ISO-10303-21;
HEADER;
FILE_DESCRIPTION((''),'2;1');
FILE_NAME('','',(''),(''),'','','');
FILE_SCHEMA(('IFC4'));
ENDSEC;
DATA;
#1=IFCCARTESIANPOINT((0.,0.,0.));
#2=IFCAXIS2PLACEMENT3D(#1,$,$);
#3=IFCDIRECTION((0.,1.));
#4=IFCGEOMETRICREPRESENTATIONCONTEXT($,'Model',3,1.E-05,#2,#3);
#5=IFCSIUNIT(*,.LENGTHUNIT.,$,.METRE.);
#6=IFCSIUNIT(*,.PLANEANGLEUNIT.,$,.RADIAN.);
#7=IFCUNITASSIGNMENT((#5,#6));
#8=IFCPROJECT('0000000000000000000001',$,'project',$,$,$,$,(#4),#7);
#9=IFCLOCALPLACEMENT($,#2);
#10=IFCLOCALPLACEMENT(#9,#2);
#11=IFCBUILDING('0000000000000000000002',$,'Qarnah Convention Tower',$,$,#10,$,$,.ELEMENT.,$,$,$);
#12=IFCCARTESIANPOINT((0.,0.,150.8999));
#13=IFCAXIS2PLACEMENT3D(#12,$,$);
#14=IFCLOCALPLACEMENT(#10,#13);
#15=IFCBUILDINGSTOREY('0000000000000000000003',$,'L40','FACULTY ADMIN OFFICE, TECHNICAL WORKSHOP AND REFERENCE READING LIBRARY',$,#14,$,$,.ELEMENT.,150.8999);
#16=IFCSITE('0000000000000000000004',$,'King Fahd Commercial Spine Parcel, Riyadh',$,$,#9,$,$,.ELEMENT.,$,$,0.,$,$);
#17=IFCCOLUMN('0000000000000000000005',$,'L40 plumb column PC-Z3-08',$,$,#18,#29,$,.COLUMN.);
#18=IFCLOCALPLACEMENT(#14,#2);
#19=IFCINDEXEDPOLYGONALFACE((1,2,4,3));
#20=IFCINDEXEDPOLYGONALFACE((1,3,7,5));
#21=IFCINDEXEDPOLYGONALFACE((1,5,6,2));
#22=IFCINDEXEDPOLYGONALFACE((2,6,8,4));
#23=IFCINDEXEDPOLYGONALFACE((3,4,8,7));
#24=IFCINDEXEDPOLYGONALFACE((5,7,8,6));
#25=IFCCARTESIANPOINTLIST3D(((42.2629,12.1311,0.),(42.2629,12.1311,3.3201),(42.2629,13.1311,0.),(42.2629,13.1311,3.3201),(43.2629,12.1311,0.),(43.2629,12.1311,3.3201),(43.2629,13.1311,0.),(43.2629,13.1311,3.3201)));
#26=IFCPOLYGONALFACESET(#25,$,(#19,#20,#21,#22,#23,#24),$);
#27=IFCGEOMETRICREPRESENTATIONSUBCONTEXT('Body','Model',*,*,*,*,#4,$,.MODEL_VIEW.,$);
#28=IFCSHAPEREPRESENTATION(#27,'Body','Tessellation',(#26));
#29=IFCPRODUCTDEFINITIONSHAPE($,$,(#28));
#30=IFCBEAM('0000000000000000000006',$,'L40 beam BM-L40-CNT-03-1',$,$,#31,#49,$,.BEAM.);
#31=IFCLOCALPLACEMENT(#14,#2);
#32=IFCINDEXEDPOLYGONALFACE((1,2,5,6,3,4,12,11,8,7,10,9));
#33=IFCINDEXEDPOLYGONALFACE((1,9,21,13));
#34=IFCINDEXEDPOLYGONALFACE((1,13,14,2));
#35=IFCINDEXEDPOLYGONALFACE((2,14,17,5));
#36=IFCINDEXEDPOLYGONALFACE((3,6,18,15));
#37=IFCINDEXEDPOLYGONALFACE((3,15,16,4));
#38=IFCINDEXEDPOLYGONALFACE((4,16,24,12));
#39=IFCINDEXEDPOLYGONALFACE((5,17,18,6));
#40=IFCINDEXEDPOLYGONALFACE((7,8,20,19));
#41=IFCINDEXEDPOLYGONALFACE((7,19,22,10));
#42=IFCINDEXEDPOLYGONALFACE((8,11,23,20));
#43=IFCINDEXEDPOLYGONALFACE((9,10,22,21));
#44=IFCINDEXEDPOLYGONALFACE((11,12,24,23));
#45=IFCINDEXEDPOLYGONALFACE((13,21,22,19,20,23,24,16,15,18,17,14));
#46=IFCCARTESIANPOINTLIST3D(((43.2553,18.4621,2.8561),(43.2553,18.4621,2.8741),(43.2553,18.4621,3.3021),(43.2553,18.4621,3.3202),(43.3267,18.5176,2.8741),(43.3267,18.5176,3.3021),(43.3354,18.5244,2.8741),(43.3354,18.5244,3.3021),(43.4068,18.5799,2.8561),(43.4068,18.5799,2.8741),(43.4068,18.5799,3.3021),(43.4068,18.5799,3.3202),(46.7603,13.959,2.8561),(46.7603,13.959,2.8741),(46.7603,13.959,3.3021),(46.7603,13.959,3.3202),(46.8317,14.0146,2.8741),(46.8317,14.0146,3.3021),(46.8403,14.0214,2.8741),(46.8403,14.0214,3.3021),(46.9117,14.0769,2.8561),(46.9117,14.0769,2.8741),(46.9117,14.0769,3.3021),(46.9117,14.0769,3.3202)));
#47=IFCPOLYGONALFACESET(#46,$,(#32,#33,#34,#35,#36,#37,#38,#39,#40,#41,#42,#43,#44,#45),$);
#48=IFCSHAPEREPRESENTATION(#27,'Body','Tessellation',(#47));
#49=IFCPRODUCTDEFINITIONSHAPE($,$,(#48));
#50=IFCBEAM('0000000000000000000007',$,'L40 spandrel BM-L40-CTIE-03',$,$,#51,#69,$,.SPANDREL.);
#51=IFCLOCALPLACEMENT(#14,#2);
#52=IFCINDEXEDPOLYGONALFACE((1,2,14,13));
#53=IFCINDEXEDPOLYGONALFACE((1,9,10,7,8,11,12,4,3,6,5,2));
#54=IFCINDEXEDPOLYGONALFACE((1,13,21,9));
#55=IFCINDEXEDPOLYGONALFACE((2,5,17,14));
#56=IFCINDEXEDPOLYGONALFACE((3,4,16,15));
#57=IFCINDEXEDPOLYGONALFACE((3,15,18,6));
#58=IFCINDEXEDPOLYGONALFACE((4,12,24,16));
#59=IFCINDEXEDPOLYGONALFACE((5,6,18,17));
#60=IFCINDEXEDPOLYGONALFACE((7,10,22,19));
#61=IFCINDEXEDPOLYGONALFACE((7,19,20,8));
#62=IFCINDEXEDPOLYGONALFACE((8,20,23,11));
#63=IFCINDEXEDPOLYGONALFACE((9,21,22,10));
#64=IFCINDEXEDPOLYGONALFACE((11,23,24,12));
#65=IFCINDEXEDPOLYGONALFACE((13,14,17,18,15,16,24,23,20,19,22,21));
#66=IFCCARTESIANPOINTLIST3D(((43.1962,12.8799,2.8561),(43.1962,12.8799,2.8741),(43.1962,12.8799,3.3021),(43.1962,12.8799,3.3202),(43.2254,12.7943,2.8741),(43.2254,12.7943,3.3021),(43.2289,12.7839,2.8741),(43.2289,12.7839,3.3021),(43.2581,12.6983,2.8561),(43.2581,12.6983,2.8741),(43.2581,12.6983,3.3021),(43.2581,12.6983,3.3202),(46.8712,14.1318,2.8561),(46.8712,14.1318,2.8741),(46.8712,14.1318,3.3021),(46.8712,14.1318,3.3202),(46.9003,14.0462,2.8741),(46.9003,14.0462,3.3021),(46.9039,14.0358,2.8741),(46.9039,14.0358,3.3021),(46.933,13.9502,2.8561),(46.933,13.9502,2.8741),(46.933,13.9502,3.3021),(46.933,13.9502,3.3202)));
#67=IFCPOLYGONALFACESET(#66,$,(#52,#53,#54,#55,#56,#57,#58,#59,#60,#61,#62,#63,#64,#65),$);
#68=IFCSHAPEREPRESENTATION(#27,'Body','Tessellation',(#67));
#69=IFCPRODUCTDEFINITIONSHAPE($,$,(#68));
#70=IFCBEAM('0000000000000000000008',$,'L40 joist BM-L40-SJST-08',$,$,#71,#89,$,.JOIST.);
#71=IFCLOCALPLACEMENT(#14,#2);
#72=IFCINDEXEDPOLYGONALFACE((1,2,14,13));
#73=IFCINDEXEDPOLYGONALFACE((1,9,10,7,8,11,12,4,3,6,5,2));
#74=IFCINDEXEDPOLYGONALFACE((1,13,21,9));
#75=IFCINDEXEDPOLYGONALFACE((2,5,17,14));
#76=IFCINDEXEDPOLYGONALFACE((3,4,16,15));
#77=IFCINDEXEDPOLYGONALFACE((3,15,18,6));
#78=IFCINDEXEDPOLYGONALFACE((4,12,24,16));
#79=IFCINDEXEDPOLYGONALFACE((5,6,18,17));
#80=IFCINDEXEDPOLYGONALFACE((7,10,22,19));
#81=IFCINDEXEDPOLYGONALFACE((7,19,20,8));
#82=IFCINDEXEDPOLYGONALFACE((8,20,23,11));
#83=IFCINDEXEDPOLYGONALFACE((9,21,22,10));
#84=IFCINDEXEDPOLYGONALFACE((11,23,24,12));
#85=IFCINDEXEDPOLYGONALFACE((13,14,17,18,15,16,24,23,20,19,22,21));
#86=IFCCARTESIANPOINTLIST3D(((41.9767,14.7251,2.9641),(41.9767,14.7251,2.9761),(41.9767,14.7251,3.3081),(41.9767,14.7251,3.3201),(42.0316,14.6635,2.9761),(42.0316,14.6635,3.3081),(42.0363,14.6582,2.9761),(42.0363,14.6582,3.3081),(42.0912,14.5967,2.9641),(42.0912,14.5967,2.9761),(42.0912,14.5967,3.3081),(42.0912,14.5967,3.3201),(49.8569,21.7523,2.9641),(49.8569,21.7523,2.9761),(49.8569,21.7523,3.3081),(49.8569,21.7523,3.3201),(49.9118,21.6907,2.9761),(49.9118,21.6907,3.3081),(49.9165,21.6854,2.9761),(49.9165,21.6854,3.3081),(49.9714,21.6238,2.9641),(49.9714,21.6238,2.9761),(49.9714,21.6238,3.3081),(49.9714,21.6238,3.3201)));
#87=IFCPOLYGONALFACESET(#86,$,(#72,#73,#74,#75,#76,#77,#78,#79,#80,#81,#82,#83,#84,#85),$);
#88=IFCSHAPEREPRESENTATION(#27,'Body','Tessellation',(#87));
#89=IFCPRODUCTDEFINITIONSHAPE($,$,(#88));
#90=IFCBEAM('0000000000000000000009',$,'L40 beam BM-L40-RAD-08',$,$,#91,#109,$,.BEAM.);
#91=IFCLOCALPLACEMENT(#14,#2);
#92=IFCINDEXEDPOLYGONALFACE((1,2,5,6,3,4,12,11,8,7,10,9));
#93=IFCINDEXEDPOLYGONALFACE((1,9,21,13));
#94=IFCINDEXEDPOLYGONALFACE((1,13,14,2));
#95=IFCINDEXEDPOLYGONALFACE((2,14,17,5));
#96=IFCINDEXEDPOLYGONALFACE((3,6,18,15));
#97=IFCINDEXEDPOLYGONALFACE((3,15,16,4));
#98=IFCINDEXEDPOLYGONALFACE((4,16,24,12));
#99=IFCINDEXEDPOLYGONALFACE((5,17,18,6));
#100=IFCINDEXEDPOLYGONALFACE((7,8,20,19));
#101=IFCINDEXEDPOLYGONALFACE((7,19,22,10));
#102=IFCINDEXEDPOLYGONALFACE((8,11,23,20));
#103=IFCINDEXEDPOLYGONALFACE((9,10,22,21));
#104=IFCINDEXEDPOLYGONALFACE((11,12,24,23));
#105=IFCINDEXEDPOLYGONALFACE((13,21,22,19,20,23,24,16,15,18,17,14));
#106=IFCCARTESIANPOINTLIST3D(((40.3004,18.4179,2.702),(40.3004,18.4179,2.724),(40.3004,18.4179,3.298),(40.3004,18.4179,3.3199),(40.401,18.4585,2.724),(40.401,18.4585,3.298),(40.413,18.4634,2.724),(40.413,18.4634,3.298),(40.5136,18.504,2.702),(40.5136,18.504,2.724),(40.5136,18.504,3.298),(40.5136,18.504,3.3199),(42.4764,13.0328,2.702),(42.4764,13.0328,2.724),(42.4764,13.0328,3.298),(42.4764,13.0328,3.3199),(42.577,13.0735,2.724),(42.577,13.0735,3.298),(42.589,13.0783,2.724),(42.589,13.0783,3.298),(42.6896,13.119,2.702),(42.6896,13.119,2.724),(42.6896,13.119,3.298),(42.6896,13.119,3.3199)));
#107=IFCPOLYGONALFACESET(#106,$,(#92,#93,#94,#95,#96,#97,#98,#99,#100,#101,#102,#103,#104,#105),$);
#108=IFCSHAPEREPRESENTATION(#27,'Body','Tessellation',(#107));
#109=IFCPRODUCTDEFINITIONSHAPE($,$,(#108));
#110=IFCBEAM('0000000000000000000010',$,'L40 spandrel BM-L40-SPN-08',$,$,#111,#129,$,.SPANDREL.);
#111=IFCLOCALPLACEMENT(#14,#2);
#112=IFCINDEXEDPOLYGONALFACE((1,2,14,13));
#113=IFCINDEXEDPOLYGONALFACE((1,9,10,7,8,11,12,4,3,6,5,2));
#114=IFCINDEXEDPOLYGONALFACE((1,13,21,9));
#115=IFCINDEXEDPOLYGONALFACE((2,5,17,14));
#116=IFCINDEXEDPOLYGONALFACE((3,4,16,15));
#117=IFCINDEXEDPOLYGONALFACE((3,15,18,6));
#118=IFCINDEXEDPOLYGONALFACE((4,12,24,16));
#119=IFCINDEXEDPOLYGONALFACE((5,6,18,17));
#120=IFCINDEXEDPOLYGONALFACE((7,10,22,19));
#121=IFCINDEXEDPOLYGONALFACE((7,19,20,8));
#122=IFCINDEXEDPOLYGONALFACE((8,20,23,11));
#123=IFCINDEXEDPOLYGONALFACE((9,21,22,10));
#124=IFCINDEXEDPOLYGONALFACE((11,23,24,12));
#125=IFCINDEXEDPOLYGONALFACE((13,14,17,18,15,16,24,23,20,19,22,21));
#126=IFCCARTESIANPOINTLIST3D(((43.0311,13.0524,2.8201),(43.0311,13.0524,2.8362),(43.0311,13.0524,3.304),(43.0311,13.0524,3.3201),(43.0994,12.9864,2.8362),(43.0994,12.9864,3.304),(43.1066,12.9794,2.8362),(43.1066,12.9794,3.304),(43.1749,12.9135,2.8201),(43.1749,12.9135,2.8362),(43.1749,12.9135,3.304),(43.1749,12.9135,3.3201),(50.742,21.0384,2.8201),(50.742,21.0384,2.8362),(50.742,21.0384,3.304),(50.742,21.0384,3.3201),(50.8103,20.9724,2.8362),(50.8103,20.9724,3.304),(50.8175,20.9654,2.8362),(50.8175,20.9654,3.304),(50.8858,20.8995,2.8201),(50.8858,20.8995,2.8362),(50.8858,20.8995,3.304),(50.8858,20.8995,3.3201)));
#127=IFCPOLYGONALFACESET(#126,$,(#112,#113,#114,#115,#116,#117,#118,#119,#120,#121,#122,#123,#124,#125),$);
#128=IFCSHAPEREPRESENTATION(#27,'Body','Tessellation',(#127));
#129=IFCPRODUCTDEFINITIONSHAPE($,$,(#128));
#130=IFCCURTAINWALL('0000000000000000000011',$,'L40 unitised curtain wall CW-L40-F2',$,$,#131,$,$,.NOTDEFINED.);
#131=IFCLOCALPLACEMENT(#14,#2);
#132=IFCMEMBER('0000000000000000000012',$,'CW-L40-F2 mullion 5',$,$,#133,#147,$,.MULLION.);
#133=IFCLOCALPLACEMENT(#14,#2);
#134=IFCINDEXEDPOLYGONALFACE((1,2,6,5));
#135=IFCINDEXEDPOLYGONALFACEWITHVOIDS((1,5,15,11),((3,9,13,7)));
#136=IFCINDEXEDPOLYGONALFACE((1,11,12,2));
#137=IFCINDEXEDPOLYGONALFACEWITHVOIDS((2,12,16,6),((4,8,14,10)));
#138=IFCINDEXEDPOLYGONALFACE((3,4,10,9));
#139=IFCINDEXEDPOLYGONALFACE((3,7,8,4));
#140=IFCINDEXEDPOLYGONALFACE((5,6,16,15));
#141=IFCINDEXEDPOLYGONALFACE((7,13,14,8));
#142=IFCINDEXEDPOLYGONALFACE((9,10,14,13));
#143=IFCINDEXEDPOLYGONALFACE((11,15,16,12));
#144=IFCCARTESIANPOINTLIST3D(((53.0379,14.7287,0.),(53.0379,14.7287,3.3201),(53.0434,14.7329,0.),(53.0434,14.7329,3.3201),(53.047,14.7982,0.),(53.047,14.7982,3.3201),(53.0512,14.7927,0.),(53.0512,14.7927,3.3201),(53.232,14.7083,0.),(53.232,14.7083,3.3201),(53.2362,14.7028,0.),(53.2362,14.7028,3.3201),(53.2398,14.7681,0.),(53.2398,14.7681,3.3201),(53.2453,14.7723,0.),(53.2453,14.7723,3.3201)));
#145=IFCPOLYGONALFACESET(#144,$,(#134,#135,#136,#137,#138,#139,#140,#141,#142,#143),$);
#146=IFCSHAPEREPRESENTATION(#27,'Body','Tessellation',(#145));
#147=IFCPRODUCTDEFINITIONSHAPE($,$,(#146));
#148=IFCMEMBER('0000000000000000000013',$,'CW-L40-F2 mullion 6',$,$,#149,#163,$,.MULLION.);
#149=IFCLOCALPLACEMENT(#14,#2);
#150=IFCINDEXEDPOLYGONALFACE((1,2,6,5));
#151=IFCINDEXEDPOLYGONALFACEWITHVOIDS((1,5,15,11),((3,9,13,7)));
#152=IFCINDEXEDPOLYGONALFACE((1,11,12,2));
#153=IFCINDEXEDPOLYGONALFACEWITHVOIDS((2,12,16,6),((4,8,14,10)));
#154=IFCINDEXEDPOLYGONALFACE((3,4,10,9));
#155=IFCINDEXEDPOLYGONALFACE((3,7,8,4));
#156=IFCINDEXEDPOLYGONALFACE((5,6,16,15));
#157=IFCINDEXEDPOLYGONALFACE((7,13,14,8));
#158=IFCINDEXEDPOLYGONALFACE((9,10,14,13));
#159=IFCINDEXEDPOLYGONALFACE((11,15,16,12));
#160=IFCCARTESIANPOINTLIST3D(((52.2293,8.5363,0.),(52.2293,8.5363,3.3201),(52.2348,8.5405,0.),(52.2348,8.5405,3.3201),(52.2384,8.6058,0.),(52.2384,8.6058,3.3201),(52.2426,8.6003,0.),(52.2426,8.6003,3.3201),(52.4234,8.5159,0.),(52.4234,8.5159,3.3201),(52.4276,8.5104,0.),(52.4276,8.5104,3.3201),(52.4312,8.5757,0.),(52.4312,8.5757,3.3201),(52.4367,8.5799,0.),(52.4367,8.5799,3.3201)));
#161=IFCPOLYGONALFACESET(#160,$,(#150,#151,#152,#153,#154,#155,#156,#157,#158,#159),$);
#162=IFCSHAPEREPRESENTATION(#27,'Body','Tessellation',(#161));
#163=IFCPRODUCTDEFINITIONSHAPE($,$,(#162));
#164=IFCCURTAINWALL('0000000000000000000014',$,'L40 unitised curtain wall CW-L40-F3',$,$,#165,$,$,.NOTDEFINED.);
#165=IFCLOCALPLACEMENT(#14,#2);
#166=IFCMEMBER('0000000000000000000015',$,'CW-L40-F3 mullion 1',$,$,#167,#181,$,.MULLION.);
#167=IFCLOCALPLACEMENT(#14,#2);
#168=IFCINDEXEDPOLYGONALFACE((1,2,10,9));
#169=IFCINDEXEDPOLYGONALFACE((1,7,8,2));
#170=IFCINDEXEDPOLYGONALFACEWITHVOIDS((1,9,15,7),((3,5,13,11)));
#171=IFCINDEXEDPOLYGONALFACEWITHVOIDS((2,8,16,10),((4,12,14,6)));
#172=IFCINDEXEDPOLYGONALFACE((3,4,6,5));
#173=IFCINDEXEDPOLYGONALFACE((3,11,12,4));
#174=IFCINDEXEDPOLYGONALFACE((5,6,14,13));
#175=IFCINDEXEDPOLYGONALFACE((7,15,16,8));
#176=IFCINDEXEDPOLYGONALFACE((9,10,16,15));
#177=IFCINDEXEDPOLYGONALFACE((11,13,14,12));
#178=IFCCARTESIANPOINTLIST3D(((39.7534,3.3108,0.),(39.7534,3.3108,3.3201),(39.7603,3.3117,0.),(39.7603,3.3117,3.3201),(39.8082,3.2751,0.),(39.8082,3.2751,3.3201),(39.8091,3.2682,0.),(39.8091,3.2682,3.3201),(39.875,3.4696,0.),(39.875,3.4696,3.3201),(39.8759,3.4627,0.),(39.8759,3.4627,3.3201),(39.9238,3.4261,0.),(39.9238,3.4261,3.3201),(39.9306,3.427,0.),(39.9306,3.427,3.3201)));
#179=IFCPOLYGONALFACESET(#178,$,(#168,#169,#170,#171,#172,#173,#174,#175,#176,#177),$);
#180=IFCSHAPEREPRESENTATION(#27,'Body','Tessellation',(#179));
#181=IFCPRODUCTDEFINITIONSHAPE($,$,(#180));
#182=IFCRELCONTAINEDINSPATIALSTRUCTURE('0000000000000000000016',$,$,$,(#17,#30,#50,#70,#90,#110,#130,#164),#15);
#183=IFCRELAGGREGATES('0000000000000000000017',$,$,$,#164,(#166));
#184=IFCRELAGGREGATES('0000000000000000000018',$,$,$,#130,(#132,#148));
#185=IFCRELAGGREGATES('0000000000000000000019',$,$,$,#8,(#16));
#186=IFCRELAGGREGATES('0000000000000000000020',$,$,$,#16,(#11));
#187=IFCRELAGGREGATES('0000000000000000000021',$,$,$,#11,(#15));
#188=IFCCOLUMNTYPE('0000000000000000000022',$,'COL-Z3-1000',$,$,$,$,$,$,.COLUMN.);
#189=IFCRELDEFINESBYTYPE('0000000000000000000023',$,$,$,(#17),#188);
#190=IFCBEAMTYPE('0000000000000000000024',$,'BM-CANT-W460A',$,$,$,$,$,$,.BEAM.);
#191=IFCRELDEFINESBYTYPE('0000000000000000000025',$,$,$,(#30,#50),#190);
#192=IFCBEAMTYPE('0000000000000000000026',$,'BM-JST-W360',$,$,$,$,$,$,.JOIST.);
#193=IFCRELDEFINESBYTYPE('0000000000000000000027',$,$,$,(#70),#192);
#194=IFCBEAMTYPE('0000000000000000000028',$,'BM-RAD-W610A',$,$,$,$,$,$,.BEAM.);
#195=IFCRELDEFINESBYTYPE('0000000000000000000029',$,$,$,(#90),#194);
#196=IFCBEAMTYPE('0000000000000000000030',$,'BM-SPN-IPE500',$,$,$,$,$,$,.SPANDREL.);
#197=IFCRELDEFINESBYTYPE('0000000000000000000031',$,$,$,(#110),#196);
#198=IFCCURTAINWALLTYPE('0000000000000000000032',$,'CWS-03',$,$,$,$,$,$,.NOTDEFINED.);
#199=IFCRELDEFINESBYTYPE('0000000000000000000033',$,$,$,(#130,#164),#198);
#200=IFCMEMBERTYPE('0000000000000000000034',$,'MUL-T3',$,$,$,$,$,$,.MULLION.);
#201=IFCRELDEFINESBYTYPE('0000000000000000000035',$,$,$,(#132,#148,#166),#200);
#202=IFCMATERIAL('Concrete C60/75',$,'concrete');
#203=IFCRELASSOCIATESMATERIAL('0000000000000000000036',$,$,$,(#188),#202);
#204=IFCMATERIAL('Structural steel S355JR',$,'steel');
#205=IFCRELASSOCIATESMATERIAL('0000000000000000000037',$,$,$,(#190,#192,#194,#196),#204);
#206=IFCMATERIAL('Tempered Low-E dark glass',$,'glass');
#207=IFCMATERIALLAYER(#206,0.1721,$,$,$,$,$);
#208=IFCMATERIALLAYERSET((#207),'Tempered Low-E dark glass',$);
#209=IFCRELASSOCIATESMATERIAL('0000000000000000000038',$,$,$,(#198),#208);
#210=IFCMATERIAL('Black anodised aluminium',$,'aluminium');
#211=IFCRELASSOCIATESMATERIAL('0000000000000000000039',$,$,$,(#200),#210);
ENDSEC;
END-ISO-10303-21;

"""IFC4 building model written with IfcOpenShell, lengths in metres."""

from ifc_helpers import new_model, si_unit, direction, frame, origin, origin_2d, place, context, subcontext, project, spatial, rectangle, hollow_rectangle, i_section, extrude, material, layer, layer_set, material_profile, profile_set, type_object, element, aggregate, save


model = new_model("IFC4")

# Units and contexts
model_context = context("Model", 3, precision=1e-05, world=origin(), true_north=direction((0.0, 1.0)))
body_context = subcontext(model_context, "Body", "Model", "MODEL_VIEW")
ifc_project = project(units=[si_unit("LENGTHUNIT", "METRE"), si_unit("PLANEANGLEUNIT", "RADIAN")], contexts=[model_context])

# Site, building, storey
site_placement = place(None, origin())
site = spatial("IfcSite", under=ifc_project, at=site_placement, Name="King Fahd Commercial Spine Parcel, Riyadh", CompositionType="ELEMENT", RefElevation=0.0)
building_placement = place(site_placement, origin())
building = spatial("IfcBuilding", under=site, at=building_placement, Name="Qarnah Convention Tower", CompositionType="ELEMENT")
storey_placement = place(building_placement, frame((0.0, 0.0, 150.8999)))
storey = spatial("IfcBuildingStorey", under=building, at=storey_placement, Name="L40", Description="FACULTY ADMIN OFFICE, TECHNICAL WORKSHOP AND REFERENCE READING LIBRARY", CompositionType="ELEMENT", Elevation=150.8999)

# Column
ifc_material_1 = material(Name="Concrete C60/75", Category="concrete")
ifc_material_profile_1 = material_profile(ifc_material_1, rectangle(XDim=1.0, YDim=1.0, at=origin_2d()), Name="RC-COL-1000X1000")
ifc_profile_set_1 = profile_set([ifc_material_profile_1], Name="Concrete C60/75")
column_type = type_object("IfcColumnType", Name="COL-Z3-1000", PredefinedType="COLUMN", material=ifc_profile_set_1)
column_placement = place(storey_placement, frame((42.7629, 12.6311, 0.0), z_axis=(0.0, 0.0, 1.0), x_axis=(1.0, 0.0, 0.0)))
element("IfcColumn", 1, at=column_placement, inside=storey, type_object=column_type, Name="L40 plumb column PC-Z3-08", PredefinedType="COLUMN", context=body_context, shape_type="SweptSolid", body=[
    extrude(rectangle(XDim=1.0, YDim=1.0, at=origin_2d()), origin(), (0.0, 0.0, 1.0), 3.3201),
])

# Beams
ifc_material_2 = material(Name="Structural steel S355JR", Category="steel")
ifc_material_profile_2 = material_profile(ifc_material_2, i_section(OverallWidth=0.1919, OverallDepth=0.4641, WebThickness=0.011, FlangeThickness=0.0181, at=origin_2d()), Name="W460X89")
ifc_profile_set_2 = profile_set([ifc_material_profile_2], Name="Structural steel S355JR")
beam_type_1 = type_object("IfcBeamType", Name="BM-CANT-W460A", PredefinedType="BEAM", material=ifc_profile_set_2)
beam_1_placement = place(storey_placement, frame((43.3311, 18.521, 3.0881), z_axis=(0.614225, -0.789131, 0.0), x_axis=(0.789131, 0.614225, 0.0)))
element("IfcBeam", 2, at=beam_1_placement, inside=storey, type_object=beam_type_1, Name="L40 beam BM-L40-CNT-03-1", PredefinedType="BEAM", context=body_context, shape_type="SweptSolid", body=[
    extrude(i_section(OverallWidth=0.1919, OverallDepth=0.4641, WebThickness=0.011, FlangeThickness=0.0181, at=origin_2d()), origin(), (0.0, 0.0, 1.0), 5.7063),
])
beam_2_placement = place(storey_placement, frame((46.9021, 14.041, 3.0881), z_axis=(-0.946581, -0.322465, 0.0), x_axis=(0.322465, -0.946581, 0.0)))
element("IfcBeam", 3, at=beam_2_placement, inside=storey, type_object=beam_type_1, Name="L40 spandrel BM-L40-CTIE-03", PredefinedType="SPANDREL", context=body_context, shape_type="SweptSolid", body=[
    extrude(i_section(OverallWidth=0.1919, OverallDepth=0.4641, WebThickness=0.011, FlangeThickness=0.0181, at=origin_2d()), origin(), (0.0, 0.0, 1.0), 3.8823),
])
ifc_material_profile_3 = material_profile(ifc_material_2, i_section(OverallWidth=0.1721, OverallDepth=0.356, WebThickness=0.0071, FlangeThickness=0.012, at=origin_2d()), Name="W360X51")
ifc_profile_set_3 = profile_set([ifc_material_profile_3], Name="Structural steel S355JR")
beam_type_2 = type_object("IfcBeamType", Name="BM-JST-W360", PredefinedType="JOIST", material=ifc_profile_set_3)
beam_3_placement = place(storey_placement, frame((42.0339, 14.6609, 3.1421), z_axis=(0.746348, 0.665556, 0.0), x_axis=(-0.665556, 0.746348, 0.0)))
element("IfcBeam", 4, at=beam_3_placement, inside=storey, type_object=beam_type_2, Name="L40 joist BM-L40-SJST-08", PredefinedType="JOIST", context=body_context, shape_type="SweptSolid", body=[
    extrude(i_section(OverallWidth=0.1721, OverallDepth=0.356, WebThickness=0.0071, FlangeThickness=0.012, at=origin_2d()), origin(), (0.0, 0.0, 1.0), 10.5583),
])
ifc_material_profile_4 = material_profile(ifc_material_2, i_section(OverallWidth=0.23, OverallDepth=0.6179, WebThickness=0.0129, FlangeThickness=0.022, at=origin_2d()), Name="W610X140")
ifc_profile_set_4 = profile_set([ifc_material_profile_4], Name="Structural steel S355JR")
beam_type_3 = type_object("IfcBeamType", Name="BM-RAD-W610A", PredefinedType="BEAM", material=ifc_profile_set_4)
beam_4_placement = place(storey_placement, frame((40.407, 18.4609, 3.011), z_axis=(0.374657, -0.927164, 0.0), x_axis=(0.927164, 0.374657, 0.0)))
element("IfcBeam", 5, at=beam_4_placement, inside=storey, type_object=beam_type_3, Name="L40 beam BM-L40-RAD-08", PredefinedType="BEAM", context=body_context, shape_type="SweptSolid", body=[
    extrude(i_section(OverallWidth=0.23, OverallDepth=0.6179, WebThickness=0.0129, FlangeThickness=0.022, at=origin_2d()), origin(), (0.0, 0.0, 1.0), 5.8081),
])
ifc_material_profile_5 = material_profile(ifc_material_2, i_section(OverallWidth=0.2, OverallDepth=0.5, WebThickness=0.01, FlangeThickness=0.0161, at=origin_2d()), Name="IPE500")
ifc_profile_set_5 = profile_set([ifc_material_profile_5], Name="Structural steel S355JR")
beam_type_4 = type_object("IfcBeamType", Name="BM-SPN-IPE500", PredefinedType="SPANDREL", material=ifc_profile_set_5)
beam_5_placement = place(storey_placement, frame((43.103, 12.9829, 3.0701), z_axis=(0.694606, 0.719391, 0.0), x_axis=(-0.719391, 0.694606, 0.0)))
element("IfcBeam", 6, at=beam_5_placement, inside=storey, type_object=beam_type_4, Name="L40 spandrel BM-L40-SPN-08", PredefinedType="SPANDREL", context=body_context, shape_type="SweptSolid", body=[
    extrude(i_section(OverallWidth=0.2, OverallDepth=0.5, WebThickness=0.01, FlangeThickness=0.0161, at=origin_2d()), origin(), (0.0, 0.0, 1.0), 11.1011),
])

# Curtain walls, members
ifc_material_3 = material(Name="Tempered Low-E dark glass", Category="glass")
ifc_layer_1 = layer(ifc_material_3, 0.1721)
ifc_layer_set_1 = layer_set([ifc_layer_1], Name="Tempered Low-E dark glass")
curtain_wall_type = type_object("IfcCurtainWallType", Name="CWS-03", PredefinedType="NOTDEFINED", material=ifc_layer_set_1)
curtain_wall_1_placement = place(storey_placement, origin())
curtain_wall_1 = element("IfcCurtainWall", 7, at=curtain_wall_1_placement, inside=storey, type_object=curtain_wall_type, Name="L40 unitised curtain wall CW-L40-F2", PredefinedType="NOTDEFINED")
ifc_material_4 = material(Name="Black anodised aluminium", Category="aluminium")
ifc_material_profile_6 = material_profile(ifc_material_4, hollow_rectangle(XDim=0.0701, YDim=0.2, WallThickness=0.0049, at=origin_2d()), Name="MUL-70X200")
ifc_profile_set_6 = profile_set([ifc_material_profile_6], Name="Black anodised aluminium")
member_type_1 = type_object("IfcMemberType", Name="MUL-T3", PredefinedType="MULLION", material=ifc_profile_set_6)
member_1_placement = place(storey_placement, frame((53.1416, 14.7505, 0.0), z_axis=(0.0, 0.0, 1.0), x_axis=(-0.129476, -0.991583, 0.0)))
member_1 = element("IfcMember", 8, at=member_1_placement, type_object=member_type_1, Name="CW-L40-F2 mullion 5", PredefinedType="MULLION", context=body_context, shape_type="SweptSolid", body=[
    extrude(hollow_rectangle(XDim=0.0701, YDim=0.2, WallThickness=0.0049, at=origin_2d()), origin(), (0.0, 0.0, 1.0), 3.3201),
])
member_2_placement = place(storey_placement, frame((52.333, 8.5581, 0.0), z_axis=(0.0, 0.0, 1.0), x_axis=(-0.129476, -0.991583, 0.0)))
member_2 = element("IfcMember", 9, at=member_2_placement, type_object=member_type_1, Name="CW-L40-F2 mullion 6", PredefinedType="MULLION", context=body_context, shape_type="SweptSolid", body=[
    extrude(hollow_rectangle(XDim=0.0701, YDim=0.2, WallThickness=0.0049, at=origin_2d()), origin(), (0.0, 0.0, 1.0), 3.3201),
])
curtain_wall_2_placement = place(storey_placement, origin())
curtain_wall_2 = element("IfcCurtainWall", 10, at=curtain_wall_2_placement, inside=storey, type_object=curtain_wall_type, Name="L40 unitised curtain wall CW-L40-F3", PredefinedType="NOTDEFINED")
member_3_placement = place(storey_placement, frame((39.842, 3.3689, 0.0), z_axis=(0.0, 0.0, 1.0), x_axis=(-0.793992, 0.607928, 0.0)))
member_3 = element("IfcMember", 11, at=member_3_placement, type_object=member_type_1, Name="CW-L40-F3 mullion 1", PredefinedType="MULLION", context=body_context, shape_type="SweptSolid", body=[
    extrude(hollow_rectangle(XDim=0.0701, YDim=0.2, WallThickness=0.0049, at=origin_2d()), origin(), (0.0, 0.0, 1.0), 3.3201),
])
aggregate(curtain_wall_2, [member_3])

aggregate(curtain_wall_1, [member_1, member_2])

save(model, "model.ifc")
